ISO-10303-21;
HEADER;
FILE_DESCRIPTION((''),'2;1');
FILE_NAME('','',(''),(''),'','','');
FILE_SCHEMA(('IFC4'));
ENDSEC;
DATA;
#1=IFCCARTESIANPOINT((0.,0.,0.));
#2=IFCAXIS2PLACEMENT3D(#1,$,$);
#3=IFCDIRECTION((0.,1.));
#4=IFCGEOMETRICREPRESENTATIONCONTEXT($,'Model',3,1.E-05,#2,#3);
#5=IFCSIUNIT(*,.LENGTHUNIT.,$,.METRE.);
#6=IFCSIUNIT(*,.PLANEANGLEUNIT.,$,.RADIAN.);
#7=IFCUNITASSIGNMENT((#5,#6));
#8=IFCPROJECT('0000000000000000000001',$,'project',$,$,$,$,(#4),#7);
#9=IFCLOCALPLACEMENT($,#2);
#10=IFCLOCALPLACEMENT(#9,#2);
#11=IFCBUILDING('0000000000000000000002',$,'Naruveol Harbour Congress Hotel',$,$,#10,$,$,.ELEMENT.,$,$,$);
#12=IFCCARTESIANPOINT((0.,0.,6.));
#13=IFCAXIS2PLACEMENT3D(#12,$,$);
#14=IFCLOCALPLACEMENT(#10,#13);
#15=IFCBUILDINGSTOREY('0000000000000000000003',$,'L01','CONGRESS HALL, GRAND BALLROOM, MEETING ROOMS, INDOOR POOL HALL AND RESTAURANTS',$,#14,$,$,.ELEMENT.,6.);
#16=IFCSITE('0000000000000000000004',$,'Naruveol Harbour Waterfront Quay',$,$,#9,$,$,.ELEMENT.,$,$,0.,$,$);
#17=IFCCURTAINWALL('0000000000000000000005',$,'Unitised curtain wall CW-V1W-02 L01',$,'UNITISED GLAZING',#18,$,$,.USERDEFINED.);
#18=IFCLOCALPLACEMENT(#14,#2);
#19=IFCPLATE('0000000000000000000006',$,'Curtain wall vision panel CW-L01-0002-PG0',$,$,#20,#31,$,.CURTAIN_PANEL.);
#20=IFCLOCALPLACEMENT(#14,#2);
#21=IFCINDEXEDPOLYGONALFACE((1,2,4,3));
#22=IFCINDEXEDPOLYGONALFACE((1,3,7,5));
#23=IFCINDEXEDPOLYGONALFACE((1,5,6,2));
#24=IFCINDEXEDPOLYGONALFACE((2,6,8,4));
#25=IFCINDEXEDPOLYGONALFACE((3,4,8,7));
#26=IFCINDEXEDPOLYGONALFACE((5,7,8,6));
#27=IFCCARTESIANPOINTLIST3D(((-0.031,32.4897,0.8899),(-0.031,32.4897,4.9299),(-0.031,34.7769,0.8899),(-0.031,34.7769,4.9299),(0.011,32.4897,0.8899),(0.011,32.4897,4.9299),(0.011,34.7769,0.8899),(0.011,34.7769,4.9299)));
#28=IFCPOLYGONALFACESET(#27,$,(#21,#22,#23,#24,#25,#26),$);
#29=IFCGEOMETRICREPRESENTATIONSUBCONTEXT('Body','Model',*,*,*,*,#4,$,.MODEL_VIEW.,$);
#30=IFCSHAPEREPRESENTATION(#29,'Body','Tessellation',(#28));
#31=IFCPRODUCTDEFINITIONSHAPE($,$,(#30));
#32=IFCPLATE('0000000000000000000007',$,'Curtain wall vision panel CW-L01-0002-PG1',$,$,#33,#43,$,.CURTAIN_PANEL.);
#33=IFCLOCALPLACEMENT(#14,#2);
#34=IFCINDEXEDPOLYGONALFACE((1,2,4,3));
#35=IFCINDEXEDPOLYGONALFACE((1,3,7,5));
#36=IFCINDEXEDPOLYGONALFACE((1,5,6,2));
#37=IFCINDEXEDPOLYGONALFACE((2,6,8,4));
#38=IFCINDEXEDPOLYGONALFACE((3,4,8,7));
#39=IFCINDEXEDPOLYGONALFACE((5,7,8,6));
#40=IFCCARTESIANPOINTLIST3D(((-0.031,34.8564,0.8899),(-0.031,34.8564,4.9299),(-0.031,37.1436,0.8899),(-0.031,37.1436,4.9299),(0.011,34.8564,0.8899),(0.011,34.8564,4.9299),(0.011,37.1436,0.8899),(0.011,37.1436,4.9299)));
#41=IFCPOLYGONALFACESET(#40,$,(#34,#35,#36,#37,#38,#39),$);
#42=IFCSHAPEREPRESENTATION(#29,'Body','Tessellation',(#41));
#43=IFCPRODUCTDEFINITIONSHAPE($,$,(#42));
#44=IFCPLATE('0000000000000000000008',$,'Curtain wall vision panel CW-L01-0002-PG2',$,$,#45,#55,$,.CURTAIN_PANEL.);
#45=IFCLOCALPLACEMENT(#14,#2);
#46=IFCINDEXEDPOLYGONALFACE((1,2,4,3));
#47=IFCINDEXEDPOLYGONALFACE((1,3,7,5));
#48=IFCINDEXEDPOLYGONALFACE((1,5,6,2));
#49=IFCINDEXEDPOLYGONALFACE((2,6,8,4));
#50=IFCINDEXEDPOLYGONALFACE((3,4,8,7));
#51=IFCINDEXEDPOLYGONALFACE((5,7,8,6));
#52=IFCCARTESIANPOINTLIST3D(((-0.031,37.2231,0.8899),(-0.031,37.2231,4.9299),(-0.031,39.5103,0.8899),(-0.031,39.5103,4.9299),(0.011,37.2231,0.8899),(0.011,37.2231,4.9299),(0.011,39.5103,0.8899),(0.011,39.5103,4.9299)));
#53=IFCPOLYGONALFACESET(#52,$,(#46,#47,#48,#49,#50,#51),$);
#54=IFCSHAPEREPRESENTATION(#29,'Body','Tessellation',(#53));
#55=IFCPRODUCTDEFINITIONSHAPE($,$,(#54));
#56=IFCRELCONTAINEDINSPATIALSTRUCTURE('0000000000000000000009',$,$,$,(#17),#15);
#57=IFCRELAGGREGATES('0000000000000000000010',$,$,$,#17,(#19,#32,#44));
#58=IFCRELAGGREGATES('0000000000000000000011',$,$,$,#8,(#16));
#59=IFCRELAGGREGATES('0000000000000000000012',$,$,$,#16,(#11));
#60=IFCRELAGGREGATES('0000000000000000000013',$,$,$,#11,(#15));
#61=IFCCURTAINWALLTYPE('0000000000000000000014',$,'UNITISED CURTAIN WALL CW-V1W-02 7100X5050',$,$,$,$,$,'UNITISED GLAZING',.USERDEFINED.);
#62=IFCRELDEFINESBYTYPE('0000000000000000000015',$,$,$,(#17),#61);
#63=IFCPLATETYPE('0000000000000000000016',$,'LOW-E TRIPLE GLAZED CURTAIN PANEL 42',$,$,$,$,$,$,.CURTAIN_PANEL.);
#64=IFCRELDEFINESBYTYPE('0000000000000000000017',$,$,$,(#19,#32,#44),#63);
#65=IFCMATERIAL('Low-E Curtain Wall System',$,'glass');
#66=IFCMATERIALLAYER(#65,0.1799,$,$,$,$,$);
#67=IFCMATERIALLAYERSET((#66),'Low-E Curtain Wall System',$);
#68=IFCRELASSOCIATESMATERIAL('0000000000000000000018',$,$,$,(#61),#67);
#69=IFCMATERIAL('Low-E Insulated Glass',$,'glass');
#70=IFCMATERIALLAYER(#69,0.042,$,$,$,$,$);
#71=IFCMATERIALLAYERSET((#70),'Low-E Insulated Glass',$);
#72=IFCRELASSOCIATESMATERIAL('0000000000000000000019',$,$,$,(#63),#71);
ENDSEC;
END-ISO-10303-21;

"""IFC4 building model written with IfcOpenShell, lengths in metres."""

from ifc_helpers import new_model, si_unit, direction, frame, origin, origin_2d, place, context, subcontext, project, spatial, rectangle, extrude, material, layer, layer_set, type_object, element, aggregate, save


model = new_model("IFC4")

# Units and contexts
model_context = context("Model", 3, precision=1e-05, world=origin(), true_north=direction((0.0, 1.0)))
body_context = subcontext(model_context, "Body", "Model", "MODEL_VIEW")
ifc_project = project(units=[si_unit("LENGTHUNIT", "METRE"), si_unit("PLANEANGLEUNIT", "RADIAN")], contexts=[model_context])

# Site, building, storey
site_placement = place(None, origin())
site = spatial("IfcSite", under=ifc_project, at=site_placement, Name="Naruveol Harbour Waterfront Quay", CompositionType="ELEMENT", RefElevation=0.0)
building_placement = place(site_placement, origin())
building = spatial("IfcBuilding", under=site, at=building_placement, Name="Naruveol Harbour Congress Hotel", CompositionType="ELEMENT")
storey_placement = place(building_placement, frame((0.0, 0.0, 6.0)))
storey = spatial("IfcBuildingStorey", under=building, at=storey_placement, Name="L01", Description="CONGRESS HALL, GRAND BALLROOM, MEETING ROOMS, INDOOR POOL HALL AND RESTAURANTS", CompositionType="ELEMENT", Elevation=6.0)

# Curtain wall, plates
ifc_material_1 = material(Name="Low-E Curtain Wall System", Category="glass")
ifc_layer_1 = layer(ifc_material_1, 0.1799)
ifc_layer_set_1 = layer_set([ifc_layer_1], Name="Low-E Curtain Wall System")
curtain_wall_type = type_object("IfcCurtainWallType", Name="UNITISED CURTAIN WALL CW-V1W-02 7100X5050", ElementType="UNITISED GLAZING", PredefinedType="USERDEFINED", material=ifc_layer_set_1)
curtain_wall_placement = place(storey_placement, origin())
curtain_wall = element("IfcCurtainWall", 1, at=curtain_wall_placement, inside=storey, type_object=curtain_wall_type, Name="Unitised curtain wall CW-V1W-02 L01", ObjectType="UNITISED GLAZING", PredefinedType="USERDEFINED")
ifc_material_2 = material(Name="Low-E Insulated Glass", Category="glass")
ifc_layer_2 = layer(ifc_material_2, 0.042)
ifc_layer_set_2 = layer_set([ifc_layer_2], Name="Low-E Insulated Glass")
plate_type_1 = type_object("IfcPlateType", Name="LOW-E TRIPLE GLAZED CURTAIN PANEL 42", PredefinedType="CURTAIN_PANEL", material=ifc_layer_set_2)
plate_1_placement = place(storey_placement, frame((-0.01, 33.6333, 0.8899), z_axis=(0.0, 0.0, 1.0), x_axis=(0.0, 1.0, 0.0)))
plate_1 = element("IfcPlate", 2, at=plate_1_placement, type_object=plate_type_1, Name="Curtain wall vision panel CW-L01-0002-PG0", PredefinedType="CURTAIN_PANEL", context=body_context, shape_type="SweptSolid", body=[
    extrude(rectangle(XDim=2.2871, YDim=0.042, at=origin_2d()), origin(), (0.0, 0.0, 1.0), 4.04),
])
plate_2_placement = place(storey_placement, frame((-0.01, 36.0, 0.8899), z_axis=(0.0, 0.0, 1.0), x_axis=(0.0, 1.0, 0.0)))
plate_2 = element("IfcPlate", 3, at=plate_2_placement, type_object=plate_type_1, Name="Curtain wall vision panel CW-L01-0002-PG1", PredefinedType="CURTAIN_PANEL", context=body_context, shape_type="SweptSolid", body=[
    extrude(rectangle(XDim=2.2871, YDim=0.042, at=origin_2d()), origin(), (0.0, 0.0, 1.0), 4.04),
])
plate_3_placement = place(storey_placement, frame((-0.01, 38.3667, 0.8899), z_axis=(0.0, 0.0, 1.0), x_axis=(0.0, 1.0, 0.0)))
plate_3 = element("IfcPlate", 4, at=plate_3_placement, type_object=plate_type_1, Name="Curtain wall vision panel CW-L01-0002-PG2", PredefinedType="CURTAIN_PANEL", context=body_context, shape_type="SweptSolid", body=[
    extrude(rectangle(XDim=2.2871, YDim=0.042, at=origin_2d()), origin(), (0.0, 0.0, 1.0), 4.04),
])
aggregate(curtain_wall, [plate_1, plate_2, plate_3])

save(model, "model.ifc")
